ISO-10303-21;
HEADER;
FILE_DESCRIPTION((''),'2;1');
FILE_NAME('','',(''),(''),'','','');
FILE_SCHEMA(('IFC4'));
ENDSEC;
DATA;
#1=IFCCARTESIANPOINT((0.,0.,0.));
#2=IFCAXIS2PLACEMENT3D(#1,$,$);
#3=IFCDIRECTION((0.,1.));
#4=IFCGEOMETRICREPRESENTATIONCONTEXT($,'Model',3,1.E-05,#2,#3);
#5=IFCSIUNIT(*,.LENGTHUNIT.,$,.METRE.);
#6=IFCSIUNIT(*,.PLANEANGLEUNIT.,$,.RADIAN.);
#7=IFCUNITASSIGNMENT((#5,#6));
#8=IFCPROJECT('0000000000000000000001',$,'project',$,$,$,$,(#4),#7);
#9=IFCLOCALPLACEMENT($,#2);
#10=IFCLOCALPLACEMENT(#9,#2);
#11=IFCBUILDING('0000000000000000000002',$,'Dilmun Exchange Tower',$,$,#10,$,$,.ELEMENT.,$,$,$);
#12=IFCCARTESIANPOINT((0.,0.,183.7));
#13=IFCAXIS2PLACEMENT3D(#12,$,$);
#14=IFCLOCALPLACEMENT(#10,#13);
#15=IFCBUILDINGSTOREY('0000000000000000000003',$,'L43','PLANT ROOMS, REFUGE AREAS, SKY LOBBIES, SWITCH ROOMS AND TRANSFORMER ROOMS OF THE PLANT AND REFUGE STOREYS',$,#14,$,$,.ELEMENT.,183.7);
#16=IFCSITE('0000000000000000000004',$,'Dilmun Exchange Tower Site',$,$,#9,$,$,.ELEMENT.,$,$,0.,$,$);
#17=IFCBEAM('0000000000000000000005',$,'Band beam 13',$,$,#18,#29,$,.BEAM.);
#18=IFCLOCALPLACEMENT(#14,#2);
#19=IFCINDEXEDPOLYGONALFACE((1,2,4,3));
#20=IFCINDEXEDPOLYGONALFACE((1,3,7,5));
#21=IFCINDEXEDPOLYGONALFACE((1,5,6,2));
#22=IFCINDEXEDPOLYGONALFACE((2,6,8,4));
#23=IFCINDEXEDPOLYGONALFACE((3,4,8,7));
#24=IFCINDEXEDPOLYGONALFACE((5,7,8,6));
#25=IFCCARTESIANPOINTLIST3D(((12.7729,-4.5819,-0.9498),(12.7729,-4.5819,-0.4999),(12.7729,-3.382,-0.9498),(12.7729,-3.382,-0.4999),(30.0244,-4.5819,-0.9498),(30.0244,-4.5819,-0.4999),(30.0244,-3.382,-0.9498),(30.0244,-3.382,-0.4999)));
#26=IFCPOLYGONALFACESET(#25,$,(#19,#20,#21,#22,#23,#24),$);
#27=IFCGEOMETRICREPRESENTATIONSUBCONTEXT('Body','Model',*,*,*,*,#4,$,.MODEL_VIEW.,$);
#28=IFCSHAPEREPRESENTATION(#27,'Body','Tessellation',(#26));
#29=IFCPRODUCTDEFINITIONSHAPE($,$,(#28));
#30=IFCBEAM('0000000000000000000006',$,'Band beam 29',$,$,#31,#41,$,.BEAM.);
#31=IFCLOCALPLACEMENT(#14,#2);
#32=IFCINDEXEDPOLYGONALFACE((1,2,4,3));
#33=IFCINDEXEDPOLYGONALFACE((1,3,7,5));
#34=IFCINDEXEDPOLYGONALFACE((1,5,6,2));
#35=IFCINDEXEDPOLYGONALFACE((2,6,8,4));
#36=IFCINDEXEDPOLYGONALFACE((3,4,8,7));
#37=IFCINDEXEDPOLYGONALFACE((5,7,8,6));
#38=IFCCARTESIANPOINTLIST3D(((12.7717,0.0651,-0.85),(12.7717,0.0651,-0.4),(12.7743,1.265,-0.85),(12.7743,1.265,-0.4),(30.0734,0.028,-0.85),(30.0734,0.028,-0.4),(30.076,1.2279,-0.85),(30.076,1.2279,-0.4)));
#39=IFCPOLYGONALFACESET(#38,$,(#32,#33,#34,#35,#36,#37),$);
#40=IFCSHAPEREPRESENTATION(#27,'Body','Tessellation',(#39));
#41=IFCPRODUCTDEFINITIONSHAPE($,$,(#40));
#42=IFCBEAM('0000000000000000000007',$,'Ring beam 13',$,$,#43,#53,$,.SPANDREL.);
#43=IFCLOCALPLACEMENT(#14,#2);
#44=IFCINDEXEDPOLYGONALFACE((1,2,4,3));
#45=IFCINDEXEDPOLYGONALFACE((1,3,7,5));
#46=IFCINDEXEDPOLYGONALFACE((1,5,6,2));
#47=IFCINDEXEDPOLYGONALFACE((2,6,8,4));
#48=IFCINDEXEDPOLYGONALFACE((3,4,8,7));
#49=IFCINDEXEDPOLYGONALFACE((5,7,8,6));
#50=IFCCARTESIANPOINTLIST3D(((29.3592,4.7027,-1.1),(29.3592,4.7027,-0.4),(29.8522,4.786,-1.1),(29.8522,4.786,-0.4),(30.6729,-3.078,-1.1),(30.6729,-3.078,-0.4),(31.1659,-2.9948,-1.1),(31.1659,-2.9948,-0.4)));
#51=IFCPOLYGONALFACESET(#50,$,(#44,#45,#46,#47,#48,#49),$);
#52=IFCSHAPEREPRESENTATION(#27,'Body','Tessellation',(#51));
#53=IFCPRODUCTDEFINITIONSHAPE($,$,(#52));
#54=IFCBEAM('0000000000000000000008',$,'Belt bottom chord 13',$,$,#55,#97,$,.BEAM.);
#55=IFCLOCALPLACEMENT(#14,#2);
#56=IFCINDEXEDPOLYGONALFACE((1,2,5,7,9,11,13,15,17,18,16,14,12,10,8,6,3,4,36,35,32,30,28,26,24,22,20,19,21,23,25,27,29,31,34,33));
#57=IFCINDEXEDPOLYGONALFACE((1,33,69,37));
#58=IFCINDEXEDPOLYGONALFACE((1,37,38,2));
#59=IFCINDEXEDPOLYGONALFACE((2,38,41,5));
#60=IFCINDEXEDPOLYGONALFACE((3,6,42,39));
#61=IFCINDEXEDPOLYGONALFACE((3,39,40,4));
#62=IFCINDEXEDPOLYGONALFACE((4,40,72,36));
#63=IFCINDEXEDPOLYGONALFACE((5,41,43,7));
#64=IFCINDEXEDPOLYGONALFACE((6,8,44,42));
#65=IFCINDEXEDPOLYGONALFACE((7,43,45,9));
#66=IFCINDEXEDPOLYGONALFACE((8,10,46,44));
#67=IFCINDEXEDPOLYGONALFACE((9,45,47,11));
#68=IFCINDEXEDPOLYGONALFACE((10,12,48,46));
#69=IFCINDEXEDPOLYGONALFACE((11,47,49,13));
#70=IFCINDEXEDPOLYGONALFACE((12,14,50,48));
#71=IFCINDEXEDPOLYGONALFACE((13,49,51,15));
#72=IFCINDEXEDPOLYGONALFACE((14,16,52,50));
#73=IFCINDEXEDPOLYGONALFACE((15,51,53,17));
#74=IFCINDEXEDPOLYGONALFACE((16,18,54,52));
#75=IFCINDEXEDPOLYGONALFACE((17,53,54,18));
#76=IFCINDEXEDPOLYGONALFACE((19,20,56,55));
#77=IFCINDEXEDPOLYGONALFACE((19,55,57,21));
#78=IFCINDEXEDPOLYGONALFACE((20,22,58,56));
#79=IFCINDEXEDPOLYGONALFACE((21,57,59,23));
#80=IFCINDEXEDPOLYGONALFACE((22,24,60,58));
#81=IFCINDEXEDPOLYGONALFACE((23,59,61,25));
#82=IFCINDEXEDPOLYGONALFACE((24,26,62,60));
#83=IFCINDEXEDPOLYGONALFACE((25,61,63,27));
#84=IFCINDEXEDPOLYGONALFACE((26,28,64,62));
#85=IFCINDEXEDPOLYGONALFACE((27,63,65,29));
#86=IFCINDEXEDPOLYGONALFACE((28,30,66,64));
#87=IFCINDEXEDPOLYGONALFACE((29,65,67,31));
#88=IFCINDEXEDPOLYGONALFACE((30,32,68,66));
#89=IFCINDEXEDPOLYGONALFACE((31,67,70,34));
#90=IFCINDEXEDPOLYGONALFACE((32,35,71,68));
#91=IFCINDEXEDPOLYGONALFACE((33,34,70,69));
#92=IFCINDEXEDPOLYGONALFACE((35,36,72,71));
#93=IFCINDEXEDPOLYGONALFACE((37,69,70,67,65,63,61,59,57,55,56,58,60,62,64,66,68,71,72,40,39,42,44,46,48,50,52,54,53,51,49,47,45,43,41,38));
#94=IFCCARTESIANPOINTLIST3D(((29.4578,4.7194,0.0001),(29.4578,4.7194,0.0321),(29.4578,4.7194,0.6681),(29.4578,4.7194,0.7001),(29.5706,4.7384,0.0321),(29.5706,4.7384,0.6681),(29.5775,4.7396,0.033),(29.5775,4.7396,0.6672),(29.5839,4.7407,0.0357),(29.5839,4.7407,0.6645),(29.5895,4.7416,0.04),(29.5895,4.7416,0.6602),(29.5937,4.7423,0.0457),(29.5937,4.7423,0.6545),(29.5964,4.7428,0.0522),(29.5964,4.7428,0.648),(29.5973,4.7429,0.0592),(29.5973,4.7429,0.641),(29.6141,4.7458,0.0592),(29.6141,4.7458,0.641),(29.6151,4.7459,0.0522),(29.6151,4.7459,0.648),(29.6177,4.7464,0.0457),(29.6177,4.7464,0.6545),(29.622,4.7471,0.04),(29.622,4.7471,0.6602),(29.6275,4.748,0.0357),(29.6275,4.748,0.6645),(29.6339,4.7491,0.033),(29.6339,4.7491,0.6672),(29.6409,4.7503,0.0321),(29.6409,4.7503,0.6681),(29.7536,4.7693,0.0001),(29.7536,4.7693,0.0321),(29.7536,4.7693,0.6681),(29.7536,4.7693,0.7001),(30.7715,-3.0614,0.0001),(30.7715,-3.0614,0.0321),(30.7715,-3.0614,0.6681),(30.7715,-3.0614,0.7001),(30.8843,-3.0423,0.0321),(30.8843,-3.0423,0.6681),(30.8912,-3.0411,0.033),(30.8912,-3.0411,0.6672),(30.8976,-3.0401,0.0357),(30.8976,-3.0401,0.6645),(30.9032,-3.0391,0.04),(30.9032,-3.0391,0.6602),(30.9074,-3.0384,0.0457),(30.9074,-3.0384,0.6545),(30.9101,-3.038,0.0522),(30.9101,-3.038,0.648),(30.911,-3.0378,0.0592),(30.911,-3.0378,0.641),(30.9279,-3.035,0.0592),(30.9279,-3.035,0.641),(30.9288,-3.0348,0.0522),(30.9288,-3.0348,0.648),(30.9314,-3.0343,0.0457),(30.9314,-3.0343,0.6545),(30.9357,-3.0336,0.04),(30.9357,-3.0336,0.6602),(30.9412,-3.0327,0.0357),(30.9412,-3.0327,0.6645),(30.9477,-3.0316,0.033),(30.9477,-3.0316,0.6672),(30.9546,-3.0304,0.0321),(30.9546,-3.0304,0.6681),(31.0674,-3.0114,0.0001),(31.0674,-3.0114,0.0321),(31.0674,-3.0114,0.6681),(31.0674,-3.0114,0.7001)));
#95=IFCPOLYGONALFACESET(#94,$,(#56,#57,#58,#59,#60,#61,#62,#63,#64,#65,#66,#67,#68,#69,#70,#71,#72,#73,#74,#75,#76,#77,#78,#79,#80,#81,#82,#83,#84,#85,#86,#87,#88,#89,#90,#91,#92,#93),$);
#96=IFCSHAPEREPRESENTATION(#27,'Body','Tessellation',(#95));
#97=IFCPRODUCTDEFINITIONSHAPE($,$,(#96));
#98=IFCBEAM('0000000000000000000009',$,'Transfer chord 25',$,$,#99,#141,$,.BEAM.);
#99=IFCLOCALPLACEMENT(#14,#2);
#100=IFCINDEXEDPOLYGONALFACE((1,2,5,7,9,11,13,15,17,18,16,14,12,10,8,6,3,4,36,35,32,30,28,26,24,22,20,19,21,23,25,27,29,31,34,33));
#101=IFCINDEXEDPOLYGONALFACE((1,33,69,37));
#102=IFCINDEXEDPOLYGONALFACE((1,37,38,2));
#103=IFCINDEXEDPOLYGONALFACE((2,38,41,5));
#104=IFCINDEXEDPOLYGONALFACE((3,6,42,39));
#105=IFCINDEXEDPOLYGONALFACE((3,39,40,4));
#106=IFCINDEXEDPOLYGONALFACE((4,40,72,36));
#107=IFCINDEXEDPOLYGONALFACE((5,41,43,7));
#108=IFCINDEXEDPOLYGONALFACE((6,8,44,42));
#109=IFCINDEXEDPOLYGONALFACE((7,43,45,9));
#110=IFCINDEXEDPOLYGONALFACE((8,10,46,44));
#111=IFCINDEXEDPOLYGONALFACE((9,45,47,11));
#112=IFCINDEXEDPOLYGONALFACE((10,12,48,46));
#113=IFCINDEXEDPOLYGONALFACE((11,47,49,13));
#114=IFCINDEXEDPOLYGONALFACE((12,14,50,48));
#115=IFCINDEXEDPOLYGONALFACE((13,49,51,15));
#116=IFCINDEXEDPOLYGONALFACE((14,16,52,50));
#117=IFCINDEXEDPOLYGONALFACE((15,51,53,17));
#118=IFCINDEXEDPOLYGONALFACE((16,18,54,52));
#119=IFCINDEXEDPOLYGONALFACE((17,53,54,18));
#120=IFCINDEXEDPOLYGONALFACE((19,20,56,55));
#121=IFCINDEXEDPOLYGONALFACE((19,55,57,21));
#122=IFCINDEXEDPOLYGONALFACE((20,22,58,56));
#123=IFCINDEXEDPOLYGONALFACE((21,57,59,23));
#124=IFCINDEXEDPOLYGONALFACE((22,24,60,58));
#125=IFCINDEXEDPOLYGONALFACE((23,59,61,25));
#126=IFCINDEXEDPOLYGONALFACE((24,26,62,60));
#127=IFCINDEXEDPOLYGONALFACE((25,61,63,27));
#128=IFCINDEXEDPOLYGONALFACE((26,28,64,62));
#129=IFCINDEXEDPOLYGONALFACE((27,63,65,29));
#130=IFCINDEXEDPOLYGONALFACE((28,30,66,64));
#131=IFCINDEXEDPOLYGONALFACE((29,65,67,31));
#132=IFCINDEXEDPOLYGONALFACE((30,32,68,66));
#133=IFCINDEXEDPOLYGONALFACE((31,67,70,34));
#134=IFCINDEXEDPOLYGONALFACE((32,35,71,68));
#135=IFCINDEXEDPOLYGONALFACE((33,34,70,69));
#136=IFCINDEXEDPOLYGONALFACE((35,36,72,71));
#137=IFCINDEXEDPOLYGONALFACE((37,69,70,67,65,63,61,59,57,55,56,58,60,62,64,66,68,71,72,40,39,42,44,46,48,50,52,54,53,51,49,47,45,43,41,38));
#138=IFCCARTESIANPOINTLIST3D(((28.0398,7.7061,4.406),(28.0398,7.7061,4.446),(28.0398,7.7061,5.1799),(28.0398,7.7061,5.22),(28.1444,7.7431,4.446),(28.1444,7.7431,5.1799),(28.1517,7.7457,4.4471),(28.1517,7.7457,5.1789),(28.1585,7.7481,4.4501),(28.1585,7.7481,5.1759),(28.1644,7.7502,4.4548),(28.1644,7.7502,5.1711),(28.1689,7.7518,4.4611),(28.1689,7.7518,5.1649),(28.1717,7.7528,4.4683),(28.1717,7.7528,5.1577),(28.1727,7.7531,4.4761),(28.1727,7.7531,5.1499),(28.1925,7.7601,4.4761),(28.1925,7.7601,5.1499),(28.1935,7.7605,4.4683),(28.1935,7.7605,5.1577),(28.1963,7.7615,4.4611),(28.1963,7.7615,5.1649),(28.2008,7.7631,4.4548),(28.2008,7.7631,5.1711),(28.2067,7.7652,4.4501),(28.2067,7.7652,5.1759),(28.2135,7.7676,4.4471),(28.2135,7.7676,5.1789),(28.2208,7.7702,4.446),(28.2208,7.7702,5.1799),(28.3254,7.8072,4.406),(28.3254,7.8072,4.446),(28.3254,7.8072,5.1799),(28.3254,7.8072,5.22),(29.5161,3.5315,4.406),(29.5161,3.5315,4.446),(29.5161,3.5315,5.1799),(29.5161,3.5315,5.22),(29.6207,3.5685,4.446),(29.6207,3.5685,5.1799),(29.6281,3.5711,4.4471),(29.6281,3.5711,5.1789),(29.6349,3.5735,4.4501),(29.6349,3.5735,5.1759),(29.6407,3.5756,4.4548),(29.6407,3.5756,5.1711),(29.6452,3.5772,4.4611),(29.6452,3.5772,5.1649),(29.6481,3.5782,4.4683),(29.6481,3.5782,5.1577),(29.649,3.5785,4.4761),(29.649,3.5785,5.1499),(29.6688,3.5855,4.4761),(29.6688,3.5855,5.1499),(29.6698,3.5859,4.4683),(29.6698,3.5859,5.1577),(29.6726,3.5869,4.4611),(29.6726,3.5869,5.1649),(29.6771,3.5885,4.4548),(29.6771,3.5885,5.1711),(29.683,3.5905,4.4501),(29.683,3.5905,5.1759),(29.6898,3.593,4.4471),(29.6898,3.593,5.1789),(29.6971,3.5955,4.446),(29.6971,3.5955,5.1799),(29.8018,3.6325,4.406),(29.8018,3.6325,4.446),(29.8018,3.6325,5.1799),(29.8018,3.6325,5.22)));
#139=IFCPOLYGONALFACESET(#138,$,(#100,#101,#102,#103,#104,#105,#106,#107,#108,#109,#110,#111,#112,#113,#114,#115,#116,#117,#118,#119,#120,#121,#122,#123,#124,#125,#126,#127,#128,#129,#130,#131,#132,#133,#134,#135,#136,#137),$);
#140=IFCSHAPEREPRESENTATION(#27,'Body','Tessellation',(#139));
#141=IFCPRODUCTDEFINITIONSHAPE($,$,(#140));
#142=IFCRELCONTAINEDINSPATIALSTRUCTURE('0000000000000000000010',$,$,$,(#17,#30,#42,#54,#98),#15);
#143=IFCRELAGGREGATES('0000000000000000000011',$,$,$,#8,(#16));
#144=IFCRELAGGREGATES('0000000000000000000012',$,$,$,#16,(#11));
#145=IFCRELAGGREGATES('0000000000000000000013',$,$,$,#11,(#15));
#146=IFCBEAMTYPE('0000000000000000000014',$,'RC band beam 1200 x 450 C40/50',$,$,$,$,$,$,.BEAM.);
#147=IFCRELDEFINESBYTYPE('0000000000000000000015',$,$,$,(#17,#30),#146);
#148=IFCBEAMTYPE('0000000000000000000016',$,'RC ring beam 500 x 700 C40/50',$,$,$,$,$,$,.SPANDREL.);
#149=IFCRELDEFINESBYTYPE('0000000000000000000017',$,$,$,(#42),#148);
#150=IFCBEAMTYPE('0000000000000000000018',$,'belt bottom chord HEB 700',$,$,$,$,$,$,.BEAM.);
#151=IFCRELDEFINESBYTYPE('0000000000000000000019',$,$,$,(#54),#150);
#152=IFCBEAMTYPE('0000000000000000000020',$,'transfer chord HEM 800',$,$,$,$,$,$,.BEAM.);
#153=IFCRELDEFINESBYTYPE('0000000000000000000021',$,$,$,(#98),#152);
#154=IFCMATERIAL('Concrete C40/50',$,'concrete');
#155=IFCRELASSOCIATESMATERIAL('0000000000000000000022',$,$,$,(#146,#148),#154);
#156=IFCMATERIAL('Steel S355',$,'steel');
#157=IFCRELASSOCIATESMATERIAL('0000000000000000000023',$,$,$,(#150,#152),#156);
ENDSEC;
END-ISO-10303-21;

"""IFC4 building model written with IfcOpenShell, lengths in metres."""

from ifc_helpers import new_model, si_unit, direction, frame, origin, origin_2d, place, context, subcontext, project, spatial, rectangle, i_section, extrude, material, material_profile, profile_set, type_object, element, save


model = new_model("IFC4")

# Units and contexts
model_context = context("Model", 3, precision=1e-05, world=origin(), true_north=direction((0.0, 1.0)))
body_context = subcontext(model_context, "Body", "Model", "MODEL_VIEW")
ifc_project = project(units=[si_unit("LENGTHUNIT", "METRE"), si_unit("PLANEANGLEUNIT", "RADIAN")], contexts=[model_context])

# Site, building, storey
site_placement = place(None, origin())
site = spatial("IfcSite", under=ifc_project, at=site_placement, Name="Dilmun Exchange Tower Site", CompositionType="ELEMENT", RefElevation=0.0)
building_placement = place(site_placement, origin())
building = spatial("IfcBuilding", under=site, at=building_placement, Name="Dilmun Exchange Tower", CompositionType="ELEMENT")
storey_placement = place(building_placement, frame((0.0, 0.0, 183.7)))
storey = spatial("IfcBuildingStorey", under=building, at=storey_placement, Name="L43", Description="PLANT ROOMS, REFUGE AREAS, SKY LOBBIES, SWITCH ROOMS AND TRANSFORMER ROOMS OF THE PLANT AND REFUGE STOREYS", CompositionType="ELEMENT", Elevation=183.7)

# Beams
ifc_material_1 = material(Name="Concrete C40/50", Category="concrete")
ifc_material_profile_1 = material_profile(ifc_material_1, rectangle(XDim=1.2, YDim=0.45, at=origin_2d()), Name="1200 x 450")
ifc_profile_set_1 = profile_set([ifc_material_profile_1], Name="Concrete C40/50")
beam_type_1 = type_object("IfcBeamType", Name="RC band beam 1200 x 450 C40/50", PredefinedType="BEAM", material=ifc_profile_set_1)
beam_1_placement = place(storey_placement, frame((30.0244, -3.9819, -0.7249), z_axis=(-1.0, 0.0, 0.0), x_axis=(0.0, -1.0, 0.0)))
element("IfcBeam", 1, at=beam_1_placement, inside=storey, type_object=beam_type_1, Name="Band beam 13", PredefinedType="BEAM", context=body_context, shape_type="SweptSolid", body=[
    extrude(rectangle(XDim=1.2, YDim=0.45, at=origin_2d()), origin(), (0.0, 0.0, 1.0), 17.2515),
])
beam_2_placement = place(storey_placement, frame((30.0747, 0.6279, -0.625), z_axis=(-0.999998, 0.002145, 0.0), x_axis=(-0.002145, -0.999998, 0.0)))
element("IfcBeam", 2, at=beam_2_placement, inside=storey, type_object=beam_type_1, Name="Band beam 29", PredefinedType="BEAM", context=body_context, shape_type="SweptSolid", body=[
    extrude(rectangle(XDim=1.2, YDim=0.45, at=origin_2d()), origin(), (0.0, 0.0, 1.0), 17.3018),
])
ifc_material_profile_2 = material_profile(ifc_material_1, rectangle(XDim=0.5, YDim=0.7, at=origin_2d()), Name="500 x 700")
ifc_profile_set_2 = profile_set([ifc_material_profile_2], Name="Concrete C40/50")
beam_type_2 = type_object("IfcBeamType", Name="RC ring beam 500 x 700 C40/50", PredefinedType="SPANDREL", material=ifc_profile_set_2)
beam_3_placement = place(storey_placement, frame((30.9194, -3.0364, -0.75), z_axis=(-0.166486, 0.986044, 0.0), x_axis=(-0.986044, -0.166486, 0.0)))
element("IfcBeam", 3, at=beam_3_placement, inside=storey, type_object=beam_type_2, Name="Ring beam 13", PredefinedType="SPANDREL", context=body_context, shape_type="SweptSolid", body=[
    extrude(rectangle(XDim=0.5, YDim=0.7, at=origin_2d()), origin(), (0.0, 0.0, 1.0), 7.8909),
])
ifc_material_2 = material(Name="Steel S355", Category="steel")
ifc_material_profile_3 = material_profile(ifc_material_2, i_section(OverallWidth=0.3, OverallDepth=0.7, WebThickness=0.0171, FlangeThickness=0.032, FilletRadius=0.0271, at=origin_2d()), Name="HEB 700")
ifc_profile_set_3 = profile_set([ifc_material_profile_3], Name="Steel S355")
beam_type_3 = type_object("IfcBeamType", Name="belt bottom chord HEB 700", PredefinedType="BEAM", material=ifc_profile_set_3)
beam_4_placement = place(storey_placement, frame((30.9194, -3.0364, 0.3501), z_axis=(-0.166486, 0.986044, 0.0), x_axis=(-0.986044, -0.166486, 0.0)))
element("IfcBeam", 4, at=beam_4_placement, inside=storey, type_object=beam_type_3, Name="Belt bottom chord 13", PredefinedType="BEAM", context=body_context, shape_type="SweptSolid", body=[
    extrude(i_section(OverallWidth=0.3, OverallDepth=0.7, WebThickness=0.0171, FlangeThickness=0.032, FilletRadius=0.0271, at=origin_2d()), origin(), (0.0, 0.0, 1.0), 7.8909),
])
ifc_material_profile_4 = material_profile(ifc_material_2, i_section(OverallWidth=0.303, OverallDepth=0.814, WebThickness=0.021, FlangeThickness=0.04, FilletRadius=0.03, at=origin_2d()), Name="HEM 800")
ifc_profile_set_4 = profile_set([ifc_material_profile_4], Name="Steel S355")
beam_type_4 = type_object("IfcBeamType", Name="transfer chord HEM 800", PredefinedType="BEAM", material=ifc_profile_set_4)
beam_5_placement = place(storey_placement, frame((29.6589, 3.582, 4.813), z_axis=(-0.333411, 0.942781, 0.0), x_axis=(-0.942781, -0.333411, 0.0)))
element("IfcBeam", 5, at=beam_5_placement, inside=storey, type_object=beam_type_4, Name="Transfer chord 25", PredefinedType="BEAM", context=body_context, shape_type="SweptSolid", body=[
    extrude(i_section(OverallWidth=0.303, OverallDepth=0.814, WebThickness=0.021, FlangeThickness=0.04, FilletRadius=0.03, at=origin_2d()), origin(), (0.0, 0.0, 1.0), 4.428),
])

save(model, "model.ifc")
